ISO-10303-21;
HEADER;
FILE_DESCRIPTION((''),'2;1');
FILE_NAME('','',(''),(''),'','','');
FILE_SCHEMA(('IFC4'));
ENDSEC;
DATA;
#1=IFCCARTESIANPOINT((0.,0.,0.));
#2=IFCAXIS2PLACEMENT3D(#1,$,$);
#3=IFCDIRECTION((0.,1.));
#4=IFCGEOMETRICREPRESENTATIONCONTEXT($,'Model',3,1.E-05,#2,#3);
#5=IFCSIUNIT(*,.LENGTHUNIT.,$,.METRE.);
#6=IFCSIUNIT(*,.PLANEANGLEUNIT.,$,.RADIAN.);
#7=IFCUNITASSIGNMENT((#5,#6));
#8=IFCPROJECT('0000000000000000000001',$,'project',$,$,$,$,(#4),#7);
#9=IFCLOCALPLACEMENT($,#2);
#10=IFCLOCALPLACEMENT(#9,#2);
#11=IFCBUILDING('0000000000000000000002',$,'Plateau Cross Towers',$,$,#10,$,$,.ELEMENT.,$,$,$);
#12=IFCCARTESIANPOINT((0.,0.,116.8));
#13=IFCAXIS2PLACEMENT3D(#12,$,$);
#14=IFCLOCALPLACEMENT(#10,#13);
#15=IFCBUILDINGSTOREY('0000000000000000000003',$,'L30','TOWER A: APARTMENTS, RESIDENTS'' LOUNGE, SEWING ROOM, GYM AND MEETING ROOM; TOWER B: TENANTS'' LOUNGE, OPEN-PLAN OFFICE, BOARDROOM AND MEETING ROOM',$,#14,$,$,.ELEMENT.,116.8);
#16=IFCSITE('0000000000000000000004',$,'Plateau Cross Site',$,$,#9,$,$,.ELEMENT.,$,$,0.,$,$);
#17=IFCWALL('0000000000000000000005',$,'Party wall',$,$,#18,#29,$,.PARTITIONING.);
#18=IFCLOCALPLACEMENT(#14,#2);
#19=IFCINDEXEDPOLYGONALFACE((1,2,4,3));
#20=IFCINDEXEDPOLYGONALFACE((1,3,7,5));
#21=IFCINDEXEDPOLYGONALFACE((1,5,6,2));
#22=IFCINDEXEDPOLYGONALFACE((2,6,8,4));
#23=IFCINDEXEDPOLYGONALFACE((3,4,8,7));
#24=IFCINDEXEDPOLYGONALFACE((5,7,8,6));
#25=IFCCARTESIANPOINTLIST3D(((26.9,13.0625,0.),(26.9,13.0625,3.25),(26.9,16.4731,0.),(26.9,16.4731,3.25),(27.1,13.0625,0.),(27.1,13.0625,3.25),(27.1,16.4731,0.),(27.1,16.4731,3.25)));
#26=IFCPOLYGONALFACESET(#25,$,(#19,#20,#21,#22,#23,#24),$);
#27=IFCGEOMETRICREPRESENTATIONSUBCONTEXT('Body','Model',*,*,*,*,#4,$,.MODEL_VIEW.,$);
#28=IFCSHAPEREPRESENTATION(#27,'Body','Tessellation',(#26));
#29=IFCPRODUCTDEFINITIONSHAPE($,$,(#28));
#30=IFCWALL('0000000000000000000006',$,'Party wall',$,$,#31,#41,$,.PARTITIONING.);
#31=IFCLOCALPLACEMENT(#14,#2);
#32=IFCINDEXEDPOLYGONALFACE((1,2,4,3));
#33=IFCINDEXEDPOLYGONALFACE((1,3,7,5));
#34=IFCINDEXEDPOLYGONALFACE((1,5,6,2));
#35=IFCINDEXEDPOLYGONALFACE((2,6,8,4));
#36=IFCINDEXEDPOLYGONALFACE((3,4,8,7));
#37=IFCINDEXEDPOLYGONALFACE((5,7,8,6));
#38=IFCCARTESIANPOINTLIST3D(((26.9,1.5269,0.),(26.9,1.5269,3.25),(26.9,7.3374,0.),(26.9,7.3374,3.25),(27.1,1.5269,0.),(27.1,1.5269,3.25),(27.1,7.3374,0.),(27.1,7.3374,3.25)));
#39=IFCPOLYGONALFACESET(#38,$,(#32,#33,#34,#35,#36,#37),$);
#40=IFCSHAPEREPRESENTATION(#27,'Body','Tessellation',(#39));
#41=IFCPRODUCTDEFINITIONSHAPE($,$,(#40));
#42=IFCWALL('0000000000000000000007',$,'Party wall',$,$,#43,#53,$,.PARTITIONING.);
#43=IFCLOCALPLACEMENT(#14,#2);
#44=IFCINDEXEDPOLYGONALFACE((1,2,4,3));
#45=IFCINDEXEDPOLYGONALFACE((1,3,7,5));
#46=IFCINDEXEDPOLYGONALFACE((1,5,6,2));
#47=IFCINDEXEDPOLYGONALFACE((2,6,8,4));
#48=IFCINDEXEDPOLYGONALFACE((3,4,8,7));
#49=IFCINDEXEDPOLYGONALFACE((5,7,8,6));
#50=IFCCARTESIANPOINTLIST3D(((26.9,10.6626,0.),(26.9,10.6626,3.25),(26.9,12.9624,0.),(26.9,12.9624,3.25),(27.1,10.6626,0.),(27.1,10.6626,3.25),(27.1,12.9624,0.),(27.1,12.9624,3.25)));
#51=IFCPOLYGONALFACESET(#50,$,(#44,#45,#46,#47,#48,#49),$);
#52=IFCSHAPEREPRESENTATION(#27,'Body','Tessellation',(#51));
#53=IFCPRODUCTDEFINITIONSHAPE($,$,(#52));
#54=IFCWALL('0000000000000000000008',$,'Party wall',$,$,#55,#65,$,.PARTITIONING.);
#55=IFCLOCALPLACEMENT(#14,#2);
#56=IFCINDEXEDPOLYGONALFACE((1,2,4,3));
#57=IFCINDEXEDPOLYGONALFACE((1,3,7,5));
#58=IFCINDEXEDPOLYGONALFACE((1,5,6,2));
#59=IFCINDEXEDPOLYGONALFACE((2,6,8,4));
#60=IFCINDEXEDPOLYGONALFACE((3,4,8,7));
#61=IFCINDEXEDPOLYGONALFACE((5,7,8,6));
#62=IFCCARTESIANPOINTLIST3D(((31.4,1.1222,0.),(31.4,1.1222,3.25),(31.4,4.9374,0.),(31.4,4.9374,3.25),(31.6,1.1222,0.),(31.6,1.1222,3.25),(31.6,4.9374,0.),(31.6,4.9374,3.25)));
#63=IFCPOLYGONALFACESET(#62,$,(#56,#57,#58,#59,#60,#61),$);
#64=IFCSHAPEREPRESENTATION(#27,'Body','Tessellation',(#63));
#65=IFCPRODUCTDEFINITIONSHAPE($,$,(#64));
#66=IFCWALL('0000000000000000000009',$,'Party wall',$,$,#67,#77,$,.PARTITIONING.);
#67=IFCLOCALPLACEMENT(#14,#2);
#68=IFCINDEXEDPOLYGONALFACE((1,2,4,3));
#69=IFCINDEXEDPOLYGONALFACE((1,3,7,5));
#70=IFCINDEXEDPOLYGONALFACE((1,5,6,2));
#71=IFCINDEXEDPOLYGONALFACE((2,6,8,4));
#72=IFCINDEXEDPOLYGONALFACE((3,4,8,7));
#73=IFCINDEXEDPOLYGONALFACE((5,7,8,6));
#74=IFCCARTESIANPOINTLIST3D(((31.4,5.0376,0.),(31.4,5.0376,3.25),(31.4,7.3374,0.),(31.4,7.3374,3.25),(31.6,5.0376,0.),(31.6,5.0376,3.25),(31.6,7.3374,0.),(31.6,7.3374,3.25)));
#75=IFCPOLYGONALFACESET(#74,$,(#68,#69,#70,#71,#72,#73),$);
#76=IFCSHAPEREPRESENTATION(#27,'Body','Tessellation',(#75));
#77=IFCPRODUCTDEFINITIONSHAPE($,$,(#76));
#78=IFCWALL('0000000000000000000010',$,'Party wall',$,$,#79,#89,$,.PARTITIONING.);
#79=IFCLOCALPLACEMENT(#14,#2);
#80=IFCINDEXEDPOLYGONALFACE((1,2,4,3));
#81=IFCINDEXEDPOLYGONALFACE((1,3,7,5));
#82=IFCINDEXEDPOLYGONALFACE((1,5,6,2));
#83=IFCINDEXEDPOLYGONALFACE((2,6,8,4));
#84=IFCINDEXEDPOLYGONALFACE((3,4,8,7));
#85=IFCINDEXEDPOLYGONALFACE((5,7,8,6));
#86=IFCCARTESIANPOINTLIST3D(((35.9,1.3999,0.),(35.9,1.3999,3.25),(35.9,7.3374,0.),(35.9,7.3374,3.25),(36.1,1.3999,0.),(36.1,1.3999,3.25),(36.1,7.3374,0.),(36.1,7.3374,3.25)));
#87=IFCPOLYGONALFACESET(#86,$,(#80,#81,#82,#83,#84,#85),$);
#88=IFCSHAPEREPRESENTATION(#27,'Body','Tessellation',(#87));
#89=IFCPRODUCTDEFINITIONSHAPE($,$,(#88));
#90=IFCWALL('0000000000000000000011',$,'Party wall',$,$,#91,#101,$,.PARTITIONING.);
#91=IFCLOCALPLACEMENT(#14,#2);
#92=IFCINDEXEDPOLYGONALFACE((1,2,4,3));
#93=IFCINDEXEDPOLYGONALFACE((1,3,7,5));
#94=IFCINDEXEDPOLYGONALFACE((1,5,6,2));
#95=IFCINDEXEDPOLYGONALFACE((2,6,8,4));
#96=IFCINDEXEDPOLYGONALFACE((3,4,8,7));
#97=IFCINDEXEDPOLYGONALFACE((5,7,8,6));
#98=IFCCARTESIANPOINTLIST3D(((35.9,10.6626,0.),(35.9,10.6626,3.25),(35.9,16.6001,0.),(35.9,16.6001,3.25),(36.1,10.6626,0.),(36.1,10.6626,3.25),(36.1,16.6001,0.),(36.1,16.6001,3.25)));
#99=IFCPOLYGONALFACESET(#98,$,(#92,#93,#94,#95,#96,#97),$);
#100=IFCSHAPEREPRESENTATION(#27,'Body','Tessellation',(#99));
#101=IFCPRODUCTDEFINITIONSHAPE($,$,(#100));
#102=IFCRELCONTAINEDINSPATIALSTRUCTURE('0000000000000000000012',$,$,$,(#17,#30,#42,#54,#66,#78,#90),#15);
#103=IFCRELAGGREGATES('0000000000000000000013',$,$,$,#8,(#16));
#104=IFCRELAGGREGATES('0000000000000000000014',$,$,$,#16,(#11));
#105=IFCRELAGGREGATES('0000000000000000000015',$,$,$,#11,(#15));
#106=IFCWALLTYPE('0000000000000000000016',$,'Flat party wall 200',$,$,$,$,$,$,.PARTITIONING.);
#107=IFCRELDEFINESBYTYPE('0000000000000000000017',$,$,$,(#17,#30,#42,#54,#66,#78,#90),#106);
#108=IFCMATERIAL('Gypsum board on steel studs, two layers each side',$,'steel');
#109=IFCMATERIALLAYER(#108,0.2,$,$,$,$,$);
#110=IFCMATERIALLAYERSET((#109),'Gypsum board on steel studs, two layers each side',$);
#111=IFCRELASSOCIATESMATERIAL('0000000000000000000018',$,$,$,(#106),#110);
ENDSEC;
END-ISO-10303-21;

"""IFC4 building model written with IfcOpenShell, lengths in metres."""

from ifc_helpers import new_model, si_unit, direction, frame, frame_2d, origin, place, context, subcontext, project, spatial, rectangle, extrude, material, layer, layer_set, type_object, element, save


model = new_model("IFC4")

# Units and contexts
model_context = context("Model", 3, precision=1e-05, world=origin(), true_north=direction((0.0, 1.0)))
body_context = subcontext(model_context, "Body", "Model", "MODEL_VIEW")
ifc_project = project(units=[si_unit("LENGTHUNIT", "METRE"), si_unit("PLANEANGLEUNIT", "RADIAN")], contexts=[model_context])

# Site, building, storey
site_placement = place(None, origin())
site = spatial("IfcSite", under=ifc_project, at=site_placement, Name="Plateau Cross Site", CompositionType="ELEMENT", RefElevation=0.0)
building_placement = place(site_placement, origin())
building = spatial("IfcBuilding", under=site, at=building_placement, Name="Plateau Cross Towers", CompositionType="ELEMENT")
storey_placement = place(building_placement, frame((0.0, 0.0, 116.8)))
storey = spatial("IfcBuildingStorey", under=building, at=storey_placement, Name="L30", Description="TOWER A: APARTMENTS, RESIDENTS' LOUNGE, SEWING ROOM, GYM AND MEETING ROOM; TOWER B: TENANTS' LOUNGE, OPEN-PLAN OFFICE, BOARDROOM AND MEETING ROOM", CompositionType="ELEMENT", Elevation=116.8)

# Walls
ifc_material_1 = material(Name="Gypsum board on steel studs, two layers each side", Category="steel")
ifc_layer_1 = layer(ifc_material_1, 0.2)
ifc_layer_set_1 = layer_set([ifc_layer_1], Name="Gypsum board on steel studs, two layers each side")
wall_type_1 = type_object("IfcWallType", Name="Flat party wall 200", PredefinedType="PARTITIONING", material=ifc_layer_set_1)
wall_1_placement = place(storey_placement, frame((27.0, 16.4731, 0.0), z_axis=(0.0, 0.0, 1.0), x_axis=(0.0, -1.0, 0.0)))
element("IfcWall", 1, at=wall_1_placement, inside=storey, type_object=wall_type_1, Name="Party wall", PredefinedType="PARTITIONING", context=body_context, shape_type="SweptSolid", body=[
    extrude(rectangle(XDim=3.4106, YDim=0.2, at=frame_2d((1.7053, 0.0))), origin(), (0.0, 0.0, 1.0), 3.25),
])
wall_2_placement = place(storey_placement, frame((27.0, 1.5269, 0.0), z_axis=(0.0, 0.0, 1.0), x_axis=(0.0, 1.0, 0.0)))
element("IfcWall", 2, at=wall_2_placement, inside=storey, type_object=wall_type_1, Name="Party wall", PredefinedType="PARTITIONING", context=body_context, shape_type="SweptSolid", body=[
    extrude(rectangle(XDim=5.8105, YDim=0.2, at=frame_2d((2.9053, 0.0))), origin(), (0.0, 0.0, 1.0), 3.25),
])
wall_3_placement = place(storey_placement, frame((27.0, 10.6626, 0.0), z_axis=(0.0, 0.0, 1.0), x_axis=(0.0, 1.0, 0.0)))
element("IfcWall", 3, at=wall_3_placement, inside=storey, type_object=wall_type_1, Name="Party wall", PredefinedType="PARTITIONING", context=body_context, shape_type="SweptSolid", body=[
    extrude(rectangle(XDim=2.2998, YDim=0.2, at=frame_2d((1.1499, 0.0))), origin(), (0.0, 0.0, 1.0), 3.25),
])
wall_4_placement = place(storey_placement, frame((31.5, 4.9375, 0.0), z_axis=(0.0, 0.0, 1.0), x_axis=(0.0, -1.0, 0.0)))
element("IfcWall", 4, at=wall_4_placement, inside=storey, type_object=wall_type_1, Name="Party wall", PredefinedType="PARTITIONING", context=body_context, shape_type="SweptSolid", body=[
    extrude(rectangle(XDim=3.8152, YDim=0.2, at=frame_2d((1.9077, 0.0))), origin(), (0.0, 0.0, 1.0), 3.25),
])
wall_5_placement = place(storey_placement, frame((31.5, 5.0376, 0.0), z_axis=(0.0, 0.0, 1.0), x_axis=(0.0, 1.0, 0.0)))
element("IfcWall", 5, at=wall_5_placement, inside=storey, type_object=wall_type_1, Name="Party wall", PredefinedType="PARTITIONING", context=body_context, shape_type="SweptSolid", body=[
    extrude(rectangle(XDim=2.2998, YDim=0.2, at=frame_2d((1.1499, 0.0))), origin(), (0.0, 0.0, 1.0), 3.25),
])
for number, where, z_axis, x_axis, name in (
    (6, (36.0, 1.3999, 0.0), (0.0, 0.0, 1.0), (0.0, 1.0, 0.0), "Party wall"),
    (7, (36.0, 10.6626, 0.0), (0.0, 0.0, 1.0), (0.0, 1.0, 0.0), "Party wall"),
):
    element("IfcWall", number, at=place(storey_placement, frame(where, z_axis=z_axis, x_axis=x_axis)), inside=storey, type_object=wall_type_1, Name=name, PredefinedType="PARTITIONING", context=body_context, shape_type="SweptSolid", body=[
        extrude(rectangle(XDim=5.9375, YDim=0.2, at=frame_2d((2.9688, 0.0))), origin(), (0.0, 0.0, 1.0), 3.25),
    ])

save(model, "model.ifc")
